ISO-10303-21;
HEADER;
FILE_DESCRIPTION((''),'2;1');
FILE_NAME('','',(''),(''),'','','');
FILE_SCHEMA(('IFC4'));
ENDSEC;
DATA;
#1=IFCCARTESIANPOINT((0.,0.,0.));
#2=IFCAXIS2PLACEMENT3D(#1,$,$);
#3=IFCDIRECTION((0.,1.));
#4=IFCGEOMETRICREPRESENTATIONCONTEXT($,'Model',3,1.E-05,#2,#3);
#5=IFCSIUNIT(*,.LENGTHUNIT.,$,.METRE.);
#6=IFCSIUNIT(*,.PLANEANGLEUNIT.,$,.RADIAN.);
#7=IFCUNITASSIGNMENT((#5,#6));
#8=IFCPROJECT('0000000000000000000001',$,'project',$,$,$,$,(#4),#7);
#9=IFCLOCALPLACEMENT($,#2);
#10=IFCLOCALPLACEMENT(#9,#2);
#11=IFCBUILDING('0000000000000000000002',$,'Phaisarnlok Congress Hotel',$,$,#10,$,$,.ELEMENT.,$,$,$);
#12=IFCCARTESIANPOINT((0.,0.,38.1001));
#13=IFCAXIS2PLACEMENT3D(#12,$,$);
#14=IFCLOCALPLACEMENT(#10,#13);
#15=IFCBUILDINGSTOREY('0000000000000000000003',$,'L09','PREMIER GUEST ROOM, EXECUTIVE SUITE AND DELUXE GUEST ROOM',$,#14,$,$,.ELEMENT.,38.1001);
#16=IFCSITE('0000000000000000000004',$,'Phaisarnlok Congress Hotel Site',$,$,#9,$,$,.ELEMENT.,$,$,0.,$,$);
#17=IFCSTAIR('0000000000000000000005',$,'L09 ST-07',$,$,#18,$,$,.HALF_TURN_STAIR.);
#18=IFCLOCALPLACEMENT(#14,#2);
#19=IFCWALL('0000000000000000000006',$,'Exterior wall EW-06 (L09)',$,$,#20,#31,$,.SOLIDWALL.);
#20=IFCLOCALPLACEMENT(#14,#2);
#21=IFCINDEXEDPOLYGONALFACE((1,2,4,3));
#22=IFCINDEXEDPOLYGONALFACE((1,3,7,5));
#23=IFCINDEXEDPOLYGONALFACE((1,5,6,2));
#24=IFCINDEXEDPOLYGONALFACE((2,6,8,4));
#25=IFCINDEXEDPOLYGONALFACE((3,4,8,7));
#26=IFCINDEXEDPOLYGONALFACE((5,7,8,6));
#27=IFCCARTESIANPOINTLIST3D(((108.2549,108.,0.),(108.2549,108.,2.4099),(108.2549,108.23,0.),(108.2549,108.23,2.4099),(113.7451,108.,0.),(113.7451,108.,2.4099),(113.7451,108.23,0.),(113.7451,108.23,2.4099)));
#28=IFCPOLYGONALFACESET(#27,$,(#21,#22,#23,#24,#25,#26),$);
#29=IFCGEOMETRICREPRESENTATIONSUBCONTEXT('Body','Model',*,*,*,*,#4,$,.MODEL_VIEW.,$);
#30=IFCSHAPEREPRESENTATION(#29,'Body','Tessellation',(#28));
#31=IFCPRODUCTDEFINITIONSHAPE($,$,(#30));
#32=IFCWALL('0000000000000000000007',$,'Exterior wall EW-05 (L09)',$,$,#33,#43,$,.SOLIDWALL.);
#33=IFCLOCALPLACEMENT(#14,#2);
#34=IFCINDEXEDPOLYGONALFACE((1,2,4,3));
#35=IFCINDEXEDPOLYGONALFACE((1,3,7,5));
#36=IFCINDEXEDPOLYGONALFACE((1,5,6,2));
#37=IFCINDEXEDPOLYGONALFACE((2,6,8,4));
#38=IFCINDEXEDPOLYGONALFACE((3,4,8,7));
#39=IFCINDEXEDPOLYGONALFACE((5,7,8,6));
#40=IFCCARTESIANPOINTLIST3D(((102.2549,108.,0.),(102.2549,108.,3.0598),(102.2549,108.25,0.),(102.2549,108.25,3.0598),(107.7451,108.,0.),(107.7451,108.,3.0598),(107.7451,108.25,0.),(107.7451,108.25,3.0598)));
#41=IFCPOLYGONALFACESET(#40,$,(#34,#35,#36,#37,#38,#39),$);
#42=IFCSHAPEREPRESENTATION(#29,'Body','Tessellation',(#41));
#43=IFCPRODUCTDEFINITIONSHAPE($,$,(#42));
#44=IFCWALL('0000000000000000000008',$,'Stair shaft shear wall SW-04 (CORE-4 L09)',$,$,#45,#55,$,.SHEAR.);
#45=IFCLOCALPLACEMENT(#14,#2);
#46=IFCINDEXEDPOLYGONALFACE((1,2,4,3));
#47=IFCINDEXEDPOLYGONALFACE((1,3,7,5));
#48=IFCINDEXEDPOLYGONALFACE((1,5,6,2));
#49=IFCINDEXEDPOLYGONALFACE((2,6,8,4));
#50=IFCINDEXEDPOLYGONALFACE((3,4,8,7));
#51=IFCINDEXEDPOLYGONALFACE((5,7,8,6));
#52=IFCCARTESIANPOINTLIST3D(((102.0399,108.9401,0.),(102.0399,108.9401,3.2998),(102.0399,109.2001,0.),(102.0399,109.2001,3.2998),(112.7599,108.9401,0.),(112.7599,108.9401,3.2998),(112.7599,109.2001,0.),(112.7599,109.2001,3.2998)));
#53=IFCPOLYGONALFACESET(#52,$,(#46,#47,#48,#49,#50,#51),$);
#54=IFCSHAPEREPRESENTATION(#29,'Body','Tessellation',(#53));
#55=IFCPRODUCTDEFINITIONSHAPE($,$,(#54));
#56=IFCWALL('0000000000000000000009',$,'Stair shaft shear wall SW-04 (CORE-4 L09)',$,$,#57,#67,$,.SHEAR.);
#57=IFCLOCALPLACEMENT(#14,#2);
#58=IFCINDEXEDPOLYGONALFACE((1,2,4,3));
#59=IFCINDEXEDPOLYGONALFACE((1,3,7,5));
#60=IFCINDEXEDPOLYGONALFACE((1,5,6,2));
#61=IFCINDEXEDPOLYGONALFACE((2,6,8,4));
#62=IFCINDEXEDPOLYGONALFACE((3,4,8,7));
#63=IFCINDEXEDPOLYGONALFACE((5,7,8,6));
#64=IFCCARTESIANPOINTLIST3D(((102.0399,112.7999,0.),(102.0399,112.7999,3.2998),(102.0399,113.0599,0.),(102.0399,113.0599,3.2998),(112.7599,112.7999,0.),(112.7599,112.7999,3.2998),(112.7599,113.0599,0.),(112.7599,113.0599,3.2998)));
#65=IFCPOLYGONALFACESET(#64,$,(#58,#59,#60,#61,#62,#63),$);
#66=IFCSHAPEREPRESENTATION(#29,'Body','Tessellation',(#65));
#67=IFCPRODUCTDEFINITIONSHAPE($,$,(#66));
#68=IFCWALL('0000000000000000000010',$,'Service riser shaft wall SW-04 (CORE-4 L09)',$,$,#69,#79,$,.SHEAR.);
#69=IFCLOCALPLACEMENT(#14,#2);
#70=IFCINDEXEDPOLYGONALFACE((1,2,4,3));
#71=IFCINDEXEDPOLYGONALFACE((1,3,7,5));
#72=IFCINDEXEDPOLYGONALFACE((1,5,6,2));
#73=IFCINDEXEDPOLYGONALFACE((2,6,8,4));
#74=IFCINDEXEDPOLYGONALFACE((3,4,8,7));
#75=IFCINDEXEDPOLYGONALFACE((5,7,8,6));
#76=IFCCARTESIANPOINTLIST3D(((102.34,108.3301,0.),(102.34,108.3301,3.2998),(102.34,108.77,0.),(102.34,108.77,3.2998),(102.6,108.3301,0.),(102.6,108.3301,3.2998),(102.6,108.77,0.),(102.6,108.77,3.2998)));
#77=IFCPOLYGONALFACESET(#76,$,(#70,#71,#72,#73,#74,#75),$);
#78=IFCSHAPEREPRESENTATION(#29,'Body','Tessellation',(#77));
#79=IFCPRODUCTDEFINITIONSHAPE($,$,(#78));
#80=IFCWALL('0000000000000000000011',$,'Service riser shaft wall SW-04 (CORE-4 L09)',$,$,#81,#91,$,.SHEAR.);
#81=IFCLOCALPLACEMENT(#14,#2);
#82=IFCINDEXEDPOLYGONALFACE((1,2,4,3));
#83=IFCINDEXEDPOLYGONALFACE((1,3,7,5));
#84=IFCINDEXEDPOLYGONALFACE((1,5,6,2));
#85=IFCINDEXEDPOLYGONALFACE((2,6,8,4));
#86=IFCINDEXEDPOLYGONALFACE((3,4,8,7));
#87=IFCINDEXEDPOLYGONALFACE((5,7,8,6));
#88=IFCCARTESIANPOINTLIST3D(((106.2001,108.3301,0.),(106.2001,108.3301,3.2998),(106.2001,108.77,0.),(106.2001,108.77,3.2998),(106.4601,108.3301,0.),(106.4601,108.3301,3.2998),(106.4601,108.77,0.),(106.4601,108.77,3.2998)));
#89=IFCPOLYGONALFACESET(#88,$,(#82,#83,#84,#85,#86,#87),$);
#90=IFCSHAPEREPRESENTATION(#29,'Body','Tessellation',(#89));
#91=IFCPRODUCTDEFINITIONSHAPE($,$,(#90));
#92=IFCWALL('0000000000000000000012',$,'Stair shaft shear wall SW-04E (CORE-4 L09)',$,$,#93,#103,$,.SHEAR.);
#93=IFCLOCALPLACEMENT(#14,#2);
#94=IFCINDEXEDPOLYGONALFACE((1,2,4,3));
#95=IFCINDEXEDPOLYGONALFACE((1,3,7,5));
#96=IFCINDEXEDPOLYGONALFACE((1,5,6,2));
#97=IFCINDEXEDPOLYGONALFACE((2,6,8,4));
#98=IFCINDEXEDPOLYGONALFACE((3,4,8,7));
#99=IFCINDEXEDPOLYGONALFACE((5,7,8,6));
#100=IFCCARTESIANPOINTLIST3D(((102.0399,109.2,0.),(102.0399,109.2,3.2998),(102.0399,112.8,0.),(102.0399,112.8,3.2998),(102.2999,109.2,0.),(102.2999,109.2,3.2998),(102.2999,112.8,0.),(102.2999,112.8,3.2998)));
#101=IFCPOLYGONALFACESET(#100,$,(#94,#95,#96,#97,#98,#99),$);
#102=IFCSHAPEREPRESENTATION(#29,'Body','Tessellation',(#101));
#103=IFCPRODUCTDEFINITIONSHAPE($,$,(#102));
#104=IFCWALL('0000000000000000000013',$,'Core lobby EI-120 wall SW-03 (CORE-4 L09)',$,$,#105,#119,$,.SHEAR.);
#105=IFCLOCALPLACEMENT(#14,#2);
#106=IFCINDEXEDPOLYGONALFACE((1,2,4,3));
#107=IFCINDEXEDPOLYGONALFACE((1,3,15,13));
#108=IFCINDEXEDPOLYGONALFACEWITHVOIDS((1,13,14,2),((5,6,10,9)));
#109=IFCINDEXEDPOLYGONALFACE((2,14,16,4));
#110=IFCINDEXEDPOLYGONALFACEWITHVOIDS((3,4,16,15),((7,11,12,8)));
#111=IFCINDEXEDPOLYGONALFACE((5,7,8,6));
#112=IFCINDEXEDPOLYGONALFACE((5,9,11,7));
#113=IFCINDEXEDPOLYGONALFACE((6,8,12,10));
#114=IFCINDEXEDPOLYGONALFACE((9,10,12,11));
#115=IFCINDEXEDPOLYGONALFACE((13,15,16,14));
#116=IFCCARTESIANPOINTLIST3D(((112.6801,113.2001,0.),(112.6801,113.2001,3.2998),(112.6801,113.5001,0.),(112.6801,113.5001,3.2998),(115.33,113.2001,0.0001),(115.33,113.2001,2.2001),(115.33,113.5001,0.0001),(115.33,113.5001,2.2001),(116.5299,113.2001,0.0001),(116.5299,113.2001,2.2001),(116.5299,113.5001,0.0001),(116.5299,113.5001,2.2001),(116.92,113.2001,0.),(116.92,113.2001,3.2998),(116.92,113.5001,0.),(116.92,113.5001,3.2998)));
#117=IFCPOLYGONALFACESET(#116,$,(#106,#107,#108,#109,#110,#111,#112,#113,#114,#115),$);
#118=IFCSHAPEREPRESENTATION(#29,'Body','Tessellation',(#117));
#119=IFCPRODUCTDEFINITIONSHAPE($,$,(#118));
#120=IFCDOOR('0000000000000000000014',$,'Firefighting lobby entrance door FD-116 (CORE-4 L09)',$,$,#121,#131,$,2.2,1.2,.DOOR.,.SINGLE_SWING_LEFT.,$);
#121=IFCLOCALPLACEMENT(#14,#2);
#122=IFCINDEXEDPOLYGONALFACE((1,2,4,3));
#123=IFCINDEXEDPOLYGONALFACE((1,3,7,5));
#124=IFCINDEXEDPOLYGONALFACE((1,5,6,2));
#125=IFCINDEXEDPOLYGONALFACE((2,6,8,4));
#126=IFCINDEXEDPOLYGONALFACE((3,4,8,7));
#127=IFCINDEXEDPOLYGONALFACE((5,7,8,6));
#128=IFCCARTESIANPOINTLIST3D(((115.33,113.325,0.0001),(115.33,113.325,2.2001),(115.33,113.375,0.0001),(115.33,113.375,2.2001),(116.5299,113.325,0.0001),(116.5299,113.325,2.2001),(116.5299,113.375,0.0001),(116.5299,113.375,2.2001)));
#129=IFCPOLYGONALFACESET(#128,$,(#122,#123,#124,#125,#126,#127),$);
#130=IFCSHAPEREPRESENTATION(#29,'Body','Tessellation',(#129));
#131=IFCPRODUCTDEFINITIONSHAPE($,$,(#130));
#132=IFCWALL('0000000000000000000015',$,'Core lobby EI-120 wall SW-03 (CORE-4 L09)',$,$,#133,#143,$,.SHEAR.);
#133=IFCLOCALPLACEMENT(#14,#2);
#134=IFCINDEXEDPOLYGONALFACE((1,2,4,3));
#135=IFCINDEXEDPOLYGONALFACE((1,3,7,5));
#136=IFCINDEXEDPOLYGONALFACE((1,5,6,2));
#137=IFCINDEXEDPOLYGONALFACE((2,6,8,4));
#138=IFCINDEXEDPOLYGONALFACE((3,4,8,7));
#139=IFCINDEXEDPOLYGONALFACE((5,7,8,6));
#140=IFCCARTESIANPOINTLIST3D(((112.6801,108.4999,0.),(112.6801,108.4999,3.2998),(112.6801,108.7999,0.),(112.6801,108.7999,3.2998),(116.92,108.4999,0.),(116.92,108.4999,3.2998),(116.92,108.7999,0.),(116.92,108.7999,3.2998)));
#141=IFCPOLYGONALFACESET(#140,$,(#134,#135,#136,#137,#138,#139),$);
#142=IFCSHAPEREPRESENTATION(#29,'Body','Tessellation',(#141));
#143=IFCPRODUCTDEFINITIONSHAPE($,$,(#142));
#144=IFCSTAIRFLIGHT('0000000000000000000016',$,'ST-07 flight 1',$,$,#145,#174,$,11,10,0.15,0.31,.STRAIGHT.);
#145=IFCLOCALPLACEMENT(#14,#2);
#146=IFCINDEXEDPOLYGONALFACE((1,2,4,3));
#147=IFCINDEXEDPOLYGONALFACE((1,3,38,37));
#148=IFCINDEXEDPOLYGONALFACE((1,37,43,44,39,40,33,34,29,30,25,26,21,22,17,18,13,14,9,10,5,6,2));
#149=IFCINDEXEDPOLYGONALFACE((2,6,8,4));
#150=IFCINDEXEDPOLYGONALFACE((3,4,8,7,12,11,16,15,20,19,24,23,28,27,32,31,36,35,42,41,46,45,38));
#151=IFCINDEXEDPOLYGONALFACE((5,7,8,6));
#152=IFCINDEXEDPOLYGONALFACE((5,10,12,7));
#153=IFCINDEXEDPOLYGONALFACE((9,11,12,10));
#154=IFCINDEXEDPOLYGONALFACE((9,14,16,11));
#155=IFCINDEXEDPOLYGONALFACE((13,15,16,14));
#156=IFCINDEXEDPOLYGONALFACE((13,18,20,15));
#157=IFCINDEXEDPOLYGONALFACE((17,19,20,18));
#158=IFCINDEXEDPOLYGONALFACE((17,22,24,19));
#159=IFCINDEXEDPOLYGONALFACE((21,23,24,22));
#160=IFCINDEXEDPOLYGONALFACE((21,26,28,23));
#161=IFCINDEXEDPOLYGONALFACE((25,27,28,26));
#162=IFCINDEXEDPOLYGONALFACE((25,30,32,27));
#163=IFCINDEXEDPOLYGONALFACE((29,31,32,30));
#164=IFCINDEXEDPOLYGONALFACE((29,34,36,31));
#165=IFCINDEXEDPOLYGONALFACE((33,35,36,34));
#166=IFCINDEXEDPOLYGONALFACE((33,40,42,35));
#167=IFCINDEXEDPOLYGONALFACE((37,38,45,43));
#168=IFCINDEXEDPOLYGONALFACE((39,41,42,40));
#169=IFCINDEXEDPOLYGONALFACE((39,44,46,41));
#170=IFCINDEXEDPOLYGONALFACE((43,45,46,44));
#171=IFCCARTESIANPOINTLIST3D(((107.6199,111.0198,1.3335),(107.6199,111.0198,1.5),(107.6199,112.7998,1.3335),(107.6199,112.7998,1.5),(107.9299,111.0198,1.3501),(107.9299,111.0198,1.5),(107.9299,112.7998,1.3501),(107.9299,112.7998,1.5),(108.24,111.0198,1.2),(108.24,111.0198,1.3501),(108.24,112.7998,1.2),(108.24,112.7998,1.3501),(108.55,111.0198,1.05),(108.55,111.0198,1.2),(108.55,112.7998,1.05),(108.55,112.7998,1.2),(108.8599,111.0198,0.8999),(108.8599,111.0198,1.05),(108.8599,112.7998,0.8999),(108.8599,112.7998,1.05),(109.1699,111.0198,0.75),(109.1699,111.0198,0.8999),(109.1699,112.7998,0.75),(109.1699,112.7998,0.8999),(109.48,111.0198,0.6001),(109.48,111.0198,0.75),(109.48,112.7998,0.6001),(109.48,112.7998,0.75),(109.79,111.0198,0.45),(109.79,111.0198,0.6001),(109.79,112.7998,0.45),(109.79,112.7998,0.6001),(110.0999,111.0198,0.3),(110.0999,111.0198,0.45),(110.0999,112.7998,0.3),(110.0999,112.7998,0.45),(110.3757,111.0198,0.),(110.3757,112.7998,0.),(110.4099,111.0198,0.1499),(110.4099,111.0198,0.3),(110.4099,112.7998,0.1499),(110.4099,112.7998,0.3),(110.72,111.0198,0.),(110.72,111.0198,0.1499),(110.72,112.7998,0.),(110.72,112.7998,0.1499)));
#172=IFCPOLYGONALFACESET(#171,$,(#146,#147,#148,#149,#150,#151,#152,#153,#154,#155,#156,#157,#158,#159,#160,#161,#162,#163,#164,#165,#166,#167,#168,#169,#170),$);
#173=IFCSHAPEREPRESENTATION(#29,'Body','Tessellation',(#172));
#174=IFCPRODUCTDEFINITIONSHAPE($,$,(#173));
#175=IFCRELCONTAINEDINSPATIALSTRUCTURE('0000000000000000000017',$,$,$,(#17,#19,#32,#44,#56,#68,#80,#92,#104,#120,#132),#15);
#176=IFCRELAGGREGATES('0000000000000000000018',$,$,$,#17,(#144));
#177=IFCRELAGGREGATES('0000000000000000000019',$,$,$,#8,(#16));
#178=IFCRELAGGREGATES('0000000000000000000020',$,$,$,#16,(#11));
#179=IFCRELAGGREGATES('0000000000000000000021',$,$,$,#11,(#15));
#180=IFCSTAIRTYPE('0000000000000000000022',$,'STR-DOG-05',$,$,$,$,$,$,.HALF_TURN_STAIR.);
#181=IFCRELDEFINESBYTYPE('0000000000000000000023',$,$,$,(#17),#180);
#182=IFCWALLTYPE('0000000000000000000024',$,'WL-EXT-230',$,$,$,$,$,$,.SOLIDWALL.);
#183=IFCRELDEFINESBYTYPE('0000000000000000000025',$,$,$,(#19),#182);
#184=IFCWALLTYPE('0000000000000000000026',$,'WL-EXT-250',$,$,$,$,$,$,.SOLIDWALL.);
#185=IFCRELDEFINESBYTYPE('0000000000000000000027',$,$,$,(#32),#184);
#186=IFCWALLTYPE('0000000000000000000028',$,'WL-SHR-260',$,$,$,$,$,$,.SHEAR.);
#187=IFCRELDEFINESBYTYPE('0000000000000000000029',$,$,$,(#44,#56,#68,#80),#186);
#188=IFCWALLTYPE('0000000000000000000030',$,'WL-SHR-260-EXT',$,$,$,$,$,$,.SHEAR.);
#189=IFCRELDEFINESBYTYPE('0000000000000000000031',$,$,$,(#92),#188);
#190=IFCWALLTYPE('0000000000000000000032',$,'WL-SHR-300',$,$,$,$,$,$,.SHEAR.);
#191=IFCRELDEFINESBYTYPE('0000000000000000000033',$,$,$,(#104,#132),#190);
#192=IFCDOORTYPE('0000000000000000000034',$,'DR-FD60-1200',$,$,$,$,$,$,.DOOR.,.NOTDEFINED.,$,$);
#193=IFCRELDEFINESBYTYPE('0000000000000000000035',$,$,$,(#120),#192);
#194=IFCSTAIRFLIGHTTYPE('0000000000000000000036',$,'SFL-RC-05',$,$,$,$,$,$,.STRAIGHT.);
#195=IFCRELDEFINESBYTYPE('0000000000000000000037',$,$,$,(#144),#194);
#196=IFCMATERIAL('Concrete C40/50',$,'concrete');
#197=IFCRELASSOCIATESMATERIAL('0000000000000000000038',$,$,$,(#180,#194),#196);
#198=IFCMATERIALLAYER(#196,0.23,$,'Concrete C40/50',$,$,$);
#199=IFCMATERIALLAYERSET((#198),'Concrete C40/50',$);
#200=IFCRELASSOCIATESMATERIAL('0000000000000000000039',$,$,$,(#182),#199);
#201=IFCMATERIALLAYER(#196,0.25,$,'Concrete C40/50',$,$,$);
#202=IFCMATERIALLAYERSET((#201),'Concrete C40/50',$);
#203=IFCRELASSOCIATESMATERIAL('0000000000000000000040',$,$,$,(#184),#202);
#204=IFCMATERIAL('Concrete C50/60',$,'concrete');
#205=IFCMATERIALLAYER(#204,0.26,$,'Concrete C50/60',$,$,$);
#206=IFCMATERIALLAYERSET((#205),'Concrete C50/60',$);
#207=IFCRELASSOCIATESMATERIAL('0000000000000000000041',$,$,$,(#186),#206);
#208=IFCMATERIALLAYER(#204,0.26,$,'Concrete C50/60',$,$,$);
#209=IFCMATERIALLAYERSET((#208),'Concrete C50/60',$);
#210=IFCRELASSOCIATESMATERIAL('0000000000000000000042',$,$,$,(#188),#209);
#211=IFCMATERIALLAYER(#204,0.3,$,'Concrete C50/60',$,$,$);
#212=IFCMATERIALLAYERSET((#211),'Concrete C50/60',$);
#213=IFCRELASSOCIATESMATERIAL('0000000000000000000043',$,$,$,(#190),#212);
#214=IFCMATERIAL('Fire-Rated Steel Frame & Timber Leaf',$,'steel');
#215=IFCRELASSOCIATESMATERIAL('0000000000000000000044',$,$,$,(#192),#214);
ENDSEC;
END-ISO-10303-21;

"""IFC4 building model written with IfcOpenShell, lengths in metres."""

from ifc_helpers import new_model, si_unit, direction, frame, frame_2d, origin, place, context, subcontext, project, spatial, polyline, rectangle, outline, extrude, material, layer, layer_set, type_object, element, fill, aggregate, save


model = new_model("IFC4")

# Units and contexts
model_context = context("Model", 3, precision=1e-05, world=origin(), true_north=direction((0.0, 1.0)))
body_context = subcontext(model_context, "Body", "Model", "MODEL_VIEW")
ifc_project = project(units=[si_unit("LENGTHUNIT", "METRE"), si_unit("PLANEANGLEUNIT", "RADIAN")], contexts=[model_context])

# Site, building, storey
site_placement = place(None, origin())
site = spatial("IfcSite", under=ifc_project, at=site_placement, Name="Phaisarnlok Congress Hotel Site", CompositionType="ELEMENT", RefElevation=0.0)
building_placement = place(site_placement, origin())
building = spatial("IfcBuilding", under=site, at=building_placement, Name="Phaisarnlok Congress Hotel", CompositionType="ELEMENT")
storey_placement = place(building_placement, frame((0.0, 0.0, 38.1001)))
storey = spatial("IfcBuildingStorey", under=building, at=storey_placement, Name="L09", Description="PREMIER GUEST ROOM, EXECUTIVE SUITE AND DELUXE GUEST ROOM", CompositionType="ELEMENT", Elevation=38.1001)

# Shared definitions
ifc_material_1 = material(Name="Concrete C50/60", Category="concrete")

# Shared definitions
ifc_material_2 = material(Name="Concrete C40/50", Category="concrete")

# Stair
stair_type = type_object("IfcStairType", Name="STR-DOG-05", PredefinedType="HALF_TURN_STAIR", material=ifc_material_2)
stair_1_placement = place(storey_placement, origin())
stair_1 = element("IfcStair", 1, at=stair_1_placement, inside=storey, type_object=stair_type, Name="L09 ST-07", PredefinedType="HALF_TURN_STAIR")

# Walls
ifc_layer_1 = layer(ifc_material_2, 0.23, Name="Concrete C40/50")
ifc_layer_set_1 = layer_set([ifc_layer_1], Name="Concrete C40/50")
wall_type_1 = type_object("IfcWallType", Name="WL-EXT-230", PredefinedType="SOLIDWALL", material=ifc_layer_set_1)
wall_1_placement = place(storey_placement, frame((108.2549, 108.115, 0.0), z_axis=(0.0, 0.0, 1.0), x_axis=(1.0, 0.0, 0.0)))
element("IfcWall", 2, at=wall_1_placement, inside=storey, type_object=wall_type_1, Name="Exterior wall EW-06 (L09)", PredefinedType="SOLIDWALL", context=body_context, shape_type="SweptSolid", body=[
    extrude(rectangle(XDim=5.4902, YDim=0.23, at=frame_2d((2.7451, 0.0))), origin(), (0.0, 0.0, 1.0), 2.4099),
])
ifc_layer_2 = layer(ifc_material_2, 0.25, Name="Concrete C40/50")
ifc_layer_set_2 = layer_set([ifc_layer_2], Name="Concrete C40/50")
wall_type_2 = type_object("IfcWallType", Name="WL-EXT-250", PredefinedType="SOLIDWALL", material=ifc_layer_set_2)
wall_2_placement = place(storey_placement, frame((102.2549, 108.125, 0.0), z_axis=(0.0, 0.0, 1.0), x_axis=(1.0, 0.0, 0.0)))
element("IfcWall", 3, at=wall_2_placement, inside=storey, type_object=wall_type_2, Name="Exterior wall EW-05 (L09)", PredefinedType="SOLIDWALL", context=body_context, shape_type="SweptSolid", body=[
    extrude(rectangle(XDim=5.4902, YDim=0.25, at=frame_2d((2.7451, 0.0))), origin(), (0.0, 0.0, 1.0), 3.0598),
])
ifc_layer_3 = layer(ifc_material_1, 0.26, Name="Concrete C50/60")
ifc_layer_set_3 = layer_set([ifc_layer_3], Name="Concrete C50/60")
wall_type_3 = type_object("IfcWallType", Name="WL-SHR-260", PredefinedType="SHEAR", material=ifc_layer_set_3)
for number, where, z_axis, x_axis, name in (
    (4, (102.04, 109.0701, 0.0), (0.0, 0.0, 1.0), (1.0, 0.0, 0.0), "Stair shaft shear wall SW-04 (CORE-4 L09)"),
    (5, (102.04, 112.9299, 0.0), (0.0, 0.0, 1.0), (1.0, 0.0, 0.0), "Stair shaft shear wall SW-04 (CORE-4 L09)"),
):
    element("IfcWall", number, at=place(storey_placement, frame(where, z_axis=z_axis, x_axis=x_axis)), inside=storey, type_object=wall_type_3, Name=name, PredefinedType="SHEAR", context=body_context, shape_type="SweptSolid", body=[
        extrude(rectangle(XDim=10.72, YDim=0.26, at=frame_2d((5.3599, 0.0))), origin(), (0.0, 0.0, 1.0), 3.2998),
    ])

# Shared definitions
ifc_material_3 = material(Name="Fire-Rated Steel Frame & Timber Leaf", Category="steel")

# Walls
for number, where, z_axis, x_axis, name in (
    (6, (102.47, 108.3301, 0.0), (0.0, 0.0, 1.0), (0.0, 1.0, 0.0), "Service riser shaft wall SW-04 (CORE-4 L09)"),
    (7, (106.3301, 108.3301, 0.0), (0.0, 0.0, 1.0), (0.0, 1.0, 0.0), "Service riser shaft wall SW-04 (CORE-4 L09)"),
):
    element("IfcWall", number, at=place(storey_placement, frame(where, z_axis=z_axis, x_axis=x_axis)), inside=storey, type_object=wall_type_3, Name=name, PredefinedType="SHEAR", context=body_context, shape_type="SweptSolid", body=[
        extrude(rectangle(XDim=0.4399, YDim=0.26, at=frame_2d((0.22, 0.0))), origin(), (0.0, 0.0, 1.0), 3.2998),
    ])
ifc_layer_4 = layer(ifc_material_1, 0.26, Name="Concrete C50/60")
ifc_layer_set_4 = layer_set([ifc_layer_4], Name="Concrete C50/60")
wall_type_4 = type_object("IfcWallType", Name="WL-SHR-260-EXT", PredefinedType="SHEAR", material=ifc_layer_set_4)
wall_3_placement = place(storey_placement, frame((102.1699, 109.2, 0.0), z_axis=(0.0, 0.0, 1.0), x_axis=(0.0, 1.0, 0.0)))
element("IfcWall", 8, at=wall_3_placement, inside=storey, type_object=wall_type_4, Name="Stair shaft shear wall SW-04E (CORE-4 L09)", PredefinedType="SHEAR", context=body_context, shape_type="SweptSolid", body=[
    extrude(rectangle(XDim=3.6001, YDim=0.26, at=frame_2d((1.8, 0.0))), origin(), (0.0, 0.0, 1.0), 3.2998),
])

# Wall, opening, door
ifc_layer_5 = layer(ifc_material_1, 0.3, Name="Concrete C50/60")
ifc_layer_set_5 = layer_set([ifc_layer_5], Name="Concrete C50/60")
wall_type_5 = type_object("IfcWallType", Name="WL-SHR-300", PredefinedType="SHEAR", material=ifc_layer_set_5)
wall_4_placement = place(storey_placement, frame((112.6799, 113.3501, 0.0), z_axis=(0.0, 0.0, 1.0), x_axis=(1.0, 0.0, 0.0)))
wall_4 = element("IfcWall", 9, at=wall_4_placement, inside=storey, type_object=wall_type_5, Name="Core lobby EI-120 wall SW-03 (CORE-4 L09)", PredefinedType="SHEAR", context=body_context, shape_type="SweptSolid", body=[
    extrude(rectangle(XDim=4.24, YDim=0.3, at=frame_2d((2.1201, 0.0))), origin(), (0.0, 0.0, 1.0), 3.2998),
])
opening_1_placement = place(wall_4_placement, frame((2.6499, 0.0, 0.0)))
opening_1 = element("IfcOpeningElement", 10, at=opening_1_placement, cuts=wall_4, PredefinedType="OPENING", context=body_context, shape_type="SweptSolid", body=[
    extrude(rectangle(XDim=1.2, YDim=2.2, at=frame_2d((0.6001, 1.1001))), frame((0.0, 0.1602, 0.0), z_axis=(0.0, -1.0, 0.0), x_axis=(1.0, 0.0, 0.0)), (0.0, 0.0, 1.0), 0.3201),
])
door_type_1 = type_object("IfcDoorType", Name="DR-FD60-1200", OperationType="NOTDEFINED", PredefinedType="DOOR", material=ifc_material_3)
door_1_placement = place(opening_1_placement, origin())
door_1 = element("IfcDoor", 11, at=door_1_placement, inside=storey, type_object=door_type_1, Name="Firefighting lobby entrance door FD-116 (CORE-4 L09)", OperationType="SINGLE_SWING_LEFT", OverallHeight=2.2, OverallWidth=1.2, PredefinedType="DOOR", context=body_context, shape_type="SweptSolid", body=[
    extrude(rectangle(XDim=1.2, YDim=2.2, at=frame_2d((0.6001, 1.1001))), frame((0.0, 0.0249, 0.0), z_axis=(0.0, -1.0, 0.0), x_axis=(1.0, 0.0, 0.0)), (0.0, 0.0, 1.0), 0.05),
])
fill(opening_1, door_1)

# Wall
wall_5_placement = place(storey_placement, frame((112.6799, 108.6499, 0.0), z_axis=(0.0, 0.0, 1.0), x_axis=(1.0, 0.0, 0.0)))
element("IfcWall", 12, at=wall_5_placement, inside=storey, type_object=wall_type_5, Name="Core lobby EI-120 wall SW-03 (CORE-4 L09)", PredefinedType="SHEAR", context=body_context, shape_type="SweptSolid", body=[
    extrude(rectangle(XDim=4.24, YDim=0.3, at=frame_2d((2.1201, 0.0))), origin(), (0.0, 0.0, 1.0), 3.2998),
])

# Stair flight
stair_flight_type = type_object("IfcStairFlightType", Name="SFL-RC-05", PredefinedType="STRAIGHT", material=ifc_material_2)
stair_flight_1_placement = place(storey_placement, frame((110.72, 111.9099, 0.0), z_axis=(0.0, 0.0, 1.0), x_axis=(-1.0, 0.0, 0.0)))
stair_flight_1 = element("IfcStairFlight", 13, at=stair_flight_1_placement, type_object=stair_flight_type, Name="ST-07 flight 1", NumberOfRisers=11, NumberOfTreads=10, PredefinedType="STRAIGHT", RiserHeight=0.15, TreadLength=0.31, context=body_context, shape_type="SweptSolid", body=[
    extrude(outline(polyline([(0.0, 0.0), (0.0, 0.1499), (0.3101, 0.1499), (0.3101, 0.3), (0.6201, 0.3), (0.6201, 0.45), (0.9299, 0.45), (0.9299, 0.6001), (1.24, 0.6001), (1.24, 0.75), (1.55, 0.75), (1.55, 0.8999), (1.8601, 0.8999), (1.8601, 1.05), (2.1699, 1.05), (2.1699, 1.2), (2.48, 1.2), (2.48, 1.3501), (2.79, 1.3501), (2.79, 1.5), (3.1001, 1.5), (3.1001, 1.6499), (3.1001, 1.3335), (0.3442, 0.0), (0.0, 0.0)])), frame((0.0, 0.8901, 0.0), z_axis=(0.0, -1.0, 0.0), x_axis=(1.0, 0.0, 0.0)), (0.0, 0.0, 1.0), 1.78),
])
aggregate(stair_1, [stair_flight_1])

save(model, "model.ifc")
